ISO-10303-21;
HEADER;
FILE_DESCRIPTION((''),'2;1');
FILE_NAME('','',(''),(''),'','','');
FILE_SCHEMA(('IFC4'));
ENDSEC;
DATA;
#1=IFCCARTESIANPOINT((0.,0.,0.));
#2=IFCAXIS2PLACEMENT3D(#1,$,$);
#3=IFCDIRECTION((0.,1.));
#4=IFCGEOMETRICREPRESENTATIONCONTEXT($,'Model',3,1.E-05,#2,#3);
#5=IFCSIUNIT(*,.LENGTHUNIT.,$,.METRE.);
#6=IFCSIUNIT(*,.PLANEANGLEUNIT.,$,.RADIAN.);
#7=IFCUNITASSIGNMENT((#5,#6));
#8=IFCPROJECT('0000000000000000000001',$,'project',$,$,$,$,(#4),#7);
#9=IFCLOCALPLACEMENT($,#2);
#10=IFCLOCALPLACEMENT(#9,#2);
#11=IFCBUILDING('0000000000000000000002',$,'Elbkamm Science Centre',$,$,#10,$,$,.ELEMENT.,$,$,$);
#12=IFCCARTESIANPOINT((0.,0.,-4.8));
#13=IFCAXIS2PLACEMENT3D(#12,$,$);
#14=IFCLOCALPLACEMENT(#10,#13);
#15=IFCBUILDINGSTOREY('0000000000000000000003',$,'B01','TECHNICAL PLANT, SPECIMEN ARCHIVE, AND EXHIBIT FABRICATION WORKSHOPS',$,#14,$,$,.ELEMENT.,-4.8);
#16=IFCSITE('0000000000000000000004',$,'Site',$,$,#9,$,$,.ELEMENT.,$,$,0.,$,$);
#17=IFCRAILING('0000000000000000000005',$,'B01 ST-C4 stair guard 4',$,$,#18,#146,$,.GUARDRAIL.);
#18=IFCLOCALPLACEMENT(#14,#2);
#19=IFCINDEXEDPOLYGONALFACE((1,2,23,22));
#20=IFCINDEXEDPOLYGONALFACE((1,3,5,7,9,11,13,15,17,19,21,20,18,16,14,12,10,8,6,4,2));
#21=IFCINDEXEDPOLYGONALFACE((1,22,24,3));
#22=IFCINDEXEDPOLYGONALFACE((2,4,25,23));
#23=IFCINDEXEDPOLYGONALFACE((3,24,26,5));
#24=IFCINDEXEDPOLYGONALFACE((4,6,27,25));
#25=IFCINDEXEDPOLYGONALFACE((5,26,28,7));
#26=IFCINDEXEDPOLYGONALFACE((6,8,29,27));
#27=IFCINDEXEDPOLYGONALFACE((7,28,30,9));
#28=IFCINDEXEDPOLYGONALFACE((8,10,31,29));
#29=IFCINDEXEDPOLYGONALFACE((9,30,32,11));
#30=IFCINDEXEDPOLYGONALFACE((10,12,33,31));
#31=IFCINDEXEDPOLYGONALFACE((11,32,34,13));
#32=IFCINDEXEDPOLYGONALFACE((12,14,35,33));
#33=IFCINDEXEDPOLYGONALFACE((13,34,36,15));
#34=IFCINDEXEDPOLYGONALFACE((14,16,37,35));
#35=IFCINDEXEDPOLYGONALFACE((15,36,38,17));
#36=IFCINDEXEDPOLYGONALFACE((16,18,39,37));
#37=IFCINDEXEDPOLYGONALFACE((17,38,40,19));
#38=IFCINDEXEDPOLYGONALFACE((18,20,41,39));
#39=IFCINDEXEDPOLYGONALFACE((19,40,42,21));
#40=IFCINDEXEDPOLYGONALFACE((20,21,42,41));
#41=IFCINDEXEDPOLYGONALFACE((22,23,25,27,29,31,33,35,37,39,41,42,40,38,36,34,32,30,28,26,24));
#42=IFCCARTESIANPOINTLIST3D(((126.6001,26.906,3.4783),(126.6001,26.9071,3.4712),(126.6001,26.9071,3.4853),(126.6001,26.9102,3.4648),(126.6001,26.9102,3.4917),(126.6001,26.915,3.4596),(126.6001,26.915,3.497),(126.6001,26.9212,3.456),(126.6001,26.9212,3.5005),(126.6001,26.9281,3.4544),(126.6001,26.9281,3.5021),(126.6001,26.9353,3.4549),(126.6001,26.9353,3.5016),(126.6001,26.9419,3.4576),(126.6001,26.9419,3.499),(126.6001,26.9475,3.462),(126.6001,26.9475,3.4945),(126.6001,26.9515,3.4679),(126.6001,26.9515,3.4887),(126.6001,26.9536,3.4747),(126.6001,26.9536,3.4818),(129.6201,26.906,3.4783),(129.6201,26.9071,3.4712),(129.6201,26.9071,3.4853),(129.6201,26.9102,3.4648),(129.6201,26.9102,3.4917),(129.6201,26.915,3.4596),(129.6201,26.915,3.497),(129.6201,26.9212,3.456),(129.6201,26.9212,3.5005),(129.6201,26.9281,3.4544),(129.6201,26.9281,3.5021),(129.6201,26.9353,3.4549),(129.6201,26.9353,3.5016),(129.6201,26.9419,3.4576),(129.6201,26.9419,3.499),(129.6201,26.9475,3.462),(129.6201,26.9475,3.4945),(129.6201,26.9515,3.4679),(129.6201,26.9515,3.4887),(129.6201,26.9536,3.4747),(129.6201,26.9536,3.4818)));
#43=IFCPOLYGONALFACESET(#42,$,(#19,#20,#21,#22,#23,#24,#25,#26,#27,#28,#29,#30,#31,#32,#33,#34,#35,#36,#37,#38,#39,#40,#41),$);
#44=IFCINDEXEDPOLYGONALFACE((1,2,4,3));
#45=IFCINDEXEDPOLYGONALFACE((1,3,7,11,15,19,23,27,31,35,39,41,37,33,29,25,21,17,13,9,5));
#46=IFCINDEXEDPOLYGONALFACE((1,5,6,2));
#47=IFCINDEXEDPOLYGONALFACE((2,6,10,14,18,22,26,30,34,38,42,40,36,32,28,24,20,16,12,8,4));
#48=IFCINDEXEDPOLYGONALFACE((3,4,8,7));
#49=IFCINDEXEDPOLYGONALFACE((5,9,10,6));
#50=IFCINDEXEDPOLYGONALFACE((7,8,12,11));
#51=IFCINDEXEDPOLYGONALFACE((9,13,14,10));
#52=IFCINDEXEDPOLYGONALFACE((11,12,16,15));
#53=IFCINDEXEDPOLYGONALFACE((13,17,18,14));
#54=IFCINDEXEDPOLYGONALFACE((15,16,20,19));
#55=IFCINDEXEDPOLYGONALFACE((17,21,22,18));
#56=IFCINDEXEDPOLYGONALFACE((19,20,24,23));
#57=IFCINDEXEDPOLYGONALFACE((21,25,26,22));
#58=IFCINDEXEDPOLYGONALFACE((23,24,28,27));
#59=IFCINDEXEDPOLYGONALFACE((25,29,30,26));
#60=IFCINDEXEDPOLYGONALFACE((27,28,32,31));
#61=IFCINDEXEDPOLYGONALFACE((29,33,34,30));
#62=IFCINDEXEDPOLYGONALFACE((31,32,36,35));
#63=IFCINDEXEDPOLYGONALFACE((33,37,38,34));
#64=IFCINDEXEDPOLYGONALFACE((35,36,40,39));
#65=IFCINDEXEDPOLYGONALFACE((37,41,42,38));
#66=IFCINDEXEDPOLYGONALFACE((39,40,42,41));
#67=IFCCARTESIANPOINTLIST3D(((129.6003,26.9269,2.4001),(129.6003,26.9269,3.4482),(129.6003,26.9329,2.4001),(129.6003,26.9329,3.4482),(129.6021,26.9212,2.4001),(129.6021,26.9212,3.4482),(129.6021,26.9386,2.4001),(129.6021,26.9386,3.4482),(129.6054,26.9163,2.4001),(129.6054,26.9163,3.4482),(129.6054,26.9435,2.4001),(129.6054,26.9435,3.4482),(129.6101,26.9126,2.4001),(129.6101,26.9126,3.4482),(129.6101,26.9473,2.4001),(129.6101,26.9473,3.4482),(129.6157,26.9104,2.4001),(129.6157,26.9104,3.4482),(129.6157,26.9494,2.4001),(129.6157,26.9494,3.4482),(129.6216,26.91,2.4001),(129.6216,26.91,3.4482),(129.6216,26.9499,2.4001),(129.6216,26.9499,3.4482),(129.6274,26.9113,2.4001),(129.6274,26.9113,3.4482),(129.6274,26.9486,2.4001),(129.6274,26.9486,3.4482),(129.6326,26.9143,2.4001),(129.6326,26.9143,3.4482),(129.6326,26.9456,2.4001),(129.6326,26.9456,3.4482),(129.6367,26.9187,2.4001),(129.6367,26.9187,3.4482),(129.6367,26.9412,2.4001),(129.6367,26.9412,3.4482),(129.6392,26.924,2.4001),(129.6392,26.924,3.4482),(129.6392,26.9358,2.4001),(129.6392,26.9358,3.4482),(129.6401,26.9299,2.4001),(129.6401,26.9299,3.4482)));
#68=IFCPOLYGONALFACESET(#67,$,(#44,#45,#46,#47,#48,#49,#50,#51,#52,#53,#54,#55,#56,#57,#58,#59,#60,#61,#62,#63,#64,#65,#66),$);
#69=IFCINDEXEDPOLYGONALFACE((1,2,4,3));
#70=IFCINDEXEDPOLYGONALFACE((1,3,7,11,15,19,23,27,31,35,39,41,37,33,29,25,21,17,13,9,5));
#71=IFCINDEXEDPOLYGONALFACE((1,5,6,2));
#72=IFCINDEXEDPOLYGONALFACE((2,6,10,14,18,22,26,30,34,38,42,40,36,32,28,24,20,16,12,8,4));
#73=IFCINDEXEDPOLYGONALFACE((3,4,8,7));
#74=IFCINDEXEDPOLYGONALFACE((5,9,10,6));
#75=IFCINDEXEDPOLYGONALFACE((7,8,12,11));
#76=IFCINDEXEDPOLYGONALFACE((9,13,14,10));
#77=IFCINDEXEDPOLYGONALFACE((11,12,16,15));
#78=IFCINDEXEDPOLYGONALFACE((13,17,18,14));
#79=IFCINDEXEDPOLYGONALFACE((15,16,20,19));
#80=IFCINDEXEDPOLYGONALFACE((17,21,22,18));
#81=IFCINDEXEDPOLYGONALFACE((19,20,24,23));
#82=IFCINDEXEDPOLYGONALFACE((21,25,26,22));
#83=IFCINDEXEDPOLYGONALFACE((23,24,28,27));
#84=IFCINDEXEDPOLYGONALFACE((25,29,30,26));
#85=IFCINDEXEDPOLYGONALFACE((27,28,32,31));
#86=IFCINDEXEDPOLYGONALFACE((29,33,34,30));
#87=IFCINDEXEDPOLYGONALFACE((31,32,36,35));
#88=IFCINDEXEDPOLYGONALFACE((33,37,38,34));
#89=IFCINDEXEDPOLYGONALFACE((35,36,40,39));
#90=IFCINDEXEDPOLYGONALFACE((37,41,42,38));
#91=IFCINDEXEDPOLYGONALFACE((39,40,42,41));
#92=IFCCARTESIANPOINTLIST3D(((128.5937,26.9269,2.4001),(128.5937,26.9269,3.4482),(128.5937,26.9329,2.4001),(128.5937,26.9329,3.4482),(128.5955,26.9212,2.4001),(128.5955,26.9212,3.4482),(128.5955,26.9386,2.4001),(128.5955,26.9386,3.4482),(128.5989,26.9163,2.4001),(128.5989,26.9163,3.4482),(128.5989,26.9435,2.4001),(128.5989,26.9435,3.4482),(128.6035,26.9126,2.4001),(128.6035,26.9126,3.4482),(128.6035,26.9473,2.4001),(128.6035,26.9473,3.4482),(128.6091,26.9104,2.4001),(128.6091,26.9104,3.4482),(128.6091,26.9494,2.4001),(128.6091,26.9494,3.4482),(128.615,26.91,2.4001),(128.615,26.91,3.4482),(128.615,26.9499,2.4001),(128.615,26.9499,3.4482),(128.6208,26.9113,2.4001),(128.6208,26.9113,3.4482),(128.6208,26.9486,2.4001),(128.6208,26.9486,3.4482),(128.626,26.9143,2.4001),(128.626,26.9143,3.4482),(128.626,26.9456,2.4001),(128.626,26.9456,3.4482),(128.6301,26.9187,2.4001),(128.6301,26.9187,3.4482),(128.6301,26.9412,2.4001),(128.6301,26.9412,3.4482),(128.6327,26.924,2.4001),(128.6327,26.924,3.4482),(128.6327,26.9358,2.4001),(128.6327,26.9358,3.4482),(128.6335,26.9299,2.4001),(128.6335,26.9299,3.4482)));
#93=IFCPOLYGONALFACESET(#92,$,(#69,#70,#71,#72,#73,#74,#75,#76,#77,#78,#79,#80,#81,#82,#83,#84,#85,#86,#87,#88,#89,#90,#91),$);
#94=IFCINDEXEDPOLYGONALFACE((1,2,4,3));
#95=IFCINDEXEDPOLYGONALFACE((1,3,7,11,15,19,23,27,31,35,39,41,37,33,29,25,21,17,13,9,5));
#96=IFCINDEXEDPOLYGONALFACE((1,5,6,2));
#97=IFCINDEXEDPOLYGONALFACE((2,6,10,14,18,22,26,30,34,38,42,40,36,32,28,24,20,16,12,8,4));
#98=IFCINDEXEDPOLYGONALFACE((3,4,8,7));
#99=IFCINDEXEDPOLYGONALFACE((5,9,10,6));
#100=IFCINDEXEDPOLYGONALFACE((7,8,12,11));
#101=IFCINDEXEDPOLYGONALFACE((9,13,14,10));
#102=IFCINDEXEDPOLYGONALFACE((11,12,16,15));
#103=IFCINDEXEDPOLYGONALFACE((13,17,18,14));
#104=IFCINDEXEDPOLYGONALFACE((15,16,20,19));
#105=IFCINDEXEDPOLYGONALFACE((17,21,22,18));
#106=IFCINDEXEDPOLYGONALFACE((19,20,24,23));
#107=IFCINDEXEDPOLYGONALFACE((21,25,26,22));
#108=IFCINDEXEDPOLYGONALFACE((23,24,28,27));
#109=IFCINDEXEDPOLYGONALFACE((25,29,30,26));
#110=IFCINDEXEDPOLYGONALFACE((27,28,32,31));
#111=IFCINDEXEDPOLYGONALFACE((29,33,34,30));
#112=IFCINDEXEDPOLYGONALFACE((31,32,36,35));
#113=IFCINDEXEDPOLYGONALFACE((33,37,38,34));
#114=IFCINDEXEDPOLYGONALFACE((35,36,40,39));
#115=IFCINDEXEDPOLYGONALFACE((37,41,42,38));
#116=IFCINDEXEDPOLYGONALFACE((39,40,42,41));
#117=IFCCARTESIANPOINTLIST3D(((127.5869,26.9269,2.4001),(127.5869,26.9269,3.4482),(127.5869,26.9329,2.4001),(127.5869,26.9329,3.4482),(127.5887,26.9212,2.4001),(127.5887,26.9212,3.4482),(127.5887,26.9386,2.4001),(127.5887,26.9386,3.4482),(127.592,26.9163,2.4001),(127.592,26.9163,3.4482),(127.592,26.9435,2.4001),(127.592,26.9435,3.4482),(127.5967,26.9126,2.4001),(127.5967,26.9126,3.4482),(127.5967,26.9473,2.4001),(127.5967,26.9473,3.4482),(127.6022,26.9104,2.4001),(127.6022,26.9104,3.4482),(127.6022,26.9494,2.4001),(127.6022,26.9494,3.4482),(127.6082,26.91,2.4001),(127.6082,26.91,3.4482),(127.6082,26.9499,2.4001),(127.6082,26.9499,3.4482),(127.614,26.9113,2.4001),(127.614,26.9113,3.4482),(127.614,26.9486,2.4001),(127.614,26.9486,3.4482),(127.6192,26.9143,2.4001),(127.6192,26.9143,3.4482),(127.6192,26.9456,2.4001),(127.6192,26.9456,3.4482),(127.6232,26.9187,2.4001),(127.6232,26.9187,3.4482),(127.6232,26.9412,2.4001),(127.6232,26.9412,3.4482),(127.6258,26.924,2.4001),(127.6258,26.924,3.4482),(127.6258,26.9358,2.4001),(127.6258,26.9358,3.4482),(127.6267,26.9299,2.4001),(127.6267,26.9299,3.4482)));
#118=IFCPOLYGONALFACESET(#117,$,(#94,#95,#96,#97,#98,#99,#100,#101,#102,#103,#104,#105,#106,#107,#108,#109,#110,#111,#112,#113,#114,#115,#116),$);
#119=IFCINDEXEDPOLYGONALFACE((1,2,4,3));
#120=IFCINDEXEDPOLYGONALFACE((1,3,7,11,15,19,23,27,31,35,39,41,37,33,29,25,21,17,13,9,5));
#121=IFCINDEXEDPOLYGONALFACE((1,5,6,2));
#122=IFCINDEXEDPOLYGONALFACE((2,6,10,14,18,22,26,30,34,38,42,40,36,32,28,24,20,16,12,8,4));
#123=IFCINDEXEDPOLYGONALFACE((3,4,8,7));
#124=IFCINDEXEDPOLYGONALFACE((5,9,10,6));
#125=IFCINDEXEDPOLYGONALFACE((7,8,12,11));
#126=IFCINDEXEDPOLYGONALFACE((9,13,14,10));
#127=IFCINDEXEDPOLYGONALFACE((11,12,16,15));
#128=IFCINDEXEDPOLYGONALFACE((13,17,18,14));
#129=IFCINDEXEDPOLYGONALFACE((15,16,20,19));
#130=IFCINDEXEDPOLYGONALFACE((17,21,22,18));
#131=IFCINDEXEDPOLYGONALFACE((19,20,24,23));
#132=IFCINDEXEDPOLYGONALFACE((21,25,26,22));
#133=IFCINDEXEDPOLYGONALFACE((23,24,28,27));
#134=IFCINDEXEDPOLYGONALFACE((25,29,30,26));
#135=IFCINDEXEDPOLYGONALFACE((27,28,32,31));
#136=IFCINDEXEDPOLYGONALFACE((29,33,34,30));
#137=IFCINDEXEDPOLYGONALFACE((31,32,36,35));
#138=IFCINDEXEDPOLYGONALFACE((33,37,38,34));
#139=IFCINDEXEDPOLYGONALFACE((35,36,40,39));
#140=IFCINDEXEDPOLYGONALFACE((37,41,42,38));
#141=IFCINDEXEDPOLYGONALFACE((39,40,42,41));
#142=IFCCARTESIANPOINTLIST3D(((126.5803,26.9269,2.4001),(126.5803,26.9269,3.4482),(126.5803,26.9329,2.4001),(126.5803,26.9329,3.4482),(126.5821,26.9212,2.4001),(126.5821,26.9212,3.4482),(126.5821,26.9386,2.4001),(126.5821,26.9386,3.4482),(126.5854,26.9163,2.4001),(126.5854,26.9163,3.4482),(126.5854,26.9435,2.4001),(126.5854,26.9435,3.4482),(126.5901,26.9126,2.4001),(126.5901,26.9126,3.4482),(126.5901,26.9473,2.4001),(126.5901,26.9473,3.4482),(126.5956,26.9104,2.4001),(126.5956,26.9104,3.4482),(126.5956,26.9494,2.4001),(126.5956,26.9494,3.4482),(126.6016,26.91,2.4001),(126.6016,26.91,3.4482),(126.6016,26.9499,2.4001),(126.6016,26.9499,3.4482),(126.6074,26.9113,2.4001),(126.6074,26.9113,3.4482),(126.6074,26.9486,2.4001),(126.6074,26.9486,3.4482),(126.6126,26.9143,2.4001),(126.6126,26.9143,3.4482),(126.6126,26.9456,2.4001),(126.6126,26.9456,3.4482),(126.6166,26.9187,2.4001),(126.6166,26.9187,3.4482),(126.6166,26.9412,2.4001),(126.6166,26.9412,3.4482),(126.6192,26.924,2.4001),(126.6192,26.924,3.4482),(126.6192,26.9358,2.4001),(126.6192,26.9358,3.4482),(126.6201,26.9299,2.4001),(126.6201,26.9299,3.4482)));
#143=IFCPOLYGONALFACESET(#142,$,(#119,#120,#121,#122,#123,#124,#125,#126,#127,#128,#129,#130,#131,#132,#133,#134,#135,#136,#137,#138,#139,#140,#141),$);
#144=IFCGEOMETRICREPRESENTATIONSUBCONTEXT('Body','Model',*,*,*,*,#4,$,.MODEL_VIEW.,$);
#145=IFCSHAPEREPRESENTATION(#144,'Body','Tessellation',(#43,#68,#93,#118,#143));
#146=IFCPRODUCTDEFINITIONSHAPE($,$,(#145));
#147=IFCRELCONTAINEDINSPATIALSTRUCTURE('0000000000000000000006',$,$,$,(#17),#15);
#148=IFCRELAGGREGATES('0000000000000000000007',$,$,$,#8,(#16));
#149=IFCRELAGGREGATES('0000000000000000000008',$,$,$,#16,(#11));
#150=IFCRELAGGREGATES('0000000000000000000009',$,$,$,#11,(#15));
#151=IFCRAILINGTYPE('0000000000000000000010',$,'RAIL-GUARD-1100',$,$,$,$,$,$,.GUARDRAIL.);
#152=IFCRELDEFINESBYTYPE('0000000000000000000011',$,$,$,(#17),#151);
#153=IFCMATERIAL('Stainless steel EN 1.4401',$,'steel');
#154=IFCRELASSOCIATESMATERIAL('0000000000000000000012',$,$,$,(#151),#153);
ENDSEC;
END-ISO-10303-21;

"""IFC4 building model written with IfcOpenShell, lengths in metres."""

from ifc_helpers import new_model, si_unit, direction, frame, origin, origin_2d, place, context, subcontext, project, spatial, circle, extrude, material, type_object, element, save


model = new_model("IFC4")

# Units and contexts
model_context = context("Model", 3, precision=1e-05, world=origin(), true_north=direction((0.0, 1.0)))
body_context = subcontext(model_context, "Body", "Model", "MODEL_VIEW")
ifc_project = project(units=[si_unit("LENGTHUNIT", "METRE"), si_unit("PLANEANGLEUNIT", "RADIAN")], contexts=[model_context])

# Site, building, storey
site_placement = place(None, origin())
site = spatial("IfcSite", under=ifc_project, at=site_placement, Name="Site", CompositionType="ELEMENT", RefElevation=0.0)
building_placement = place(site_placement, origin())
building = spatial("IfcBuilding", under=site, at=building_placement, Name="Elbkamm Science Centre", CompositionType="ELEMENT")
storey_placement = place(building_placement, frame((0.0, 0.0, -4.8)))
storey = spatial("IfcBuildingStorey", under=building, at=storey_placement, Name="B01", Description="TECHNICAL PLANT, SPECIMEN ARCHIVE, AND EXHIBIT FABRICATION WORKSHOPS", CompositionType="ELEMENT", Elevation=-4.8)

# Railing
ifc_material_1 = material(Name="Stainless steel EN 1.4401", Category="steel")
railing_type_1 = type_object("IfcRailingType", Name="RAIL-GUARD-1100", PredefinedType="GUARDRAIL", material=ifc_material_1)
railing_1_placement = place(storey_placement, frame((129.6201, 26.9299, 2.4001)))
element("IfcRailing", 1, at=railing_1_placement, inside=storey, type_object=railing_type_1, Name="B01 ST-C4 stair guard 4", PredefinedType="GUARDRAIL", context=body_context, shape_type="SweptSolid", body=[
    extrude(circle(Radius=0.0239, at=origin_2d()), frame((0.0, 0.0, 1.0781), z_axis=(-1.0, 0.0, 0.0), x_axis=(0.0, -1.0, 0.0)), (0.0, 0.0, 1.0), 3.02),
    extrude(circle(Radius=0.02, at=origin_2d()), origin(), (0.0, 0.0, 1.0), 1.0481),
    extrude(circle(Radius=0.02, at=origin_2d()), frame((-1.0066, 0.0, 0.0)), (0.0, 0.0, 1.0), 1.0481),
    extrude(circle(Radius=0.02, at=origin_2d()), frame((-2.0134, 0.0, 0.0)), (0.0, 0.0, 1.0), 1.0481),
    extrude(circle(Radius=0.02, at=origin_2d()), frame((-3.02, 0.0, 0.0)), (0.0, 0.0, 1.0), 1.0481),
])

save(model, "model.ifc")
